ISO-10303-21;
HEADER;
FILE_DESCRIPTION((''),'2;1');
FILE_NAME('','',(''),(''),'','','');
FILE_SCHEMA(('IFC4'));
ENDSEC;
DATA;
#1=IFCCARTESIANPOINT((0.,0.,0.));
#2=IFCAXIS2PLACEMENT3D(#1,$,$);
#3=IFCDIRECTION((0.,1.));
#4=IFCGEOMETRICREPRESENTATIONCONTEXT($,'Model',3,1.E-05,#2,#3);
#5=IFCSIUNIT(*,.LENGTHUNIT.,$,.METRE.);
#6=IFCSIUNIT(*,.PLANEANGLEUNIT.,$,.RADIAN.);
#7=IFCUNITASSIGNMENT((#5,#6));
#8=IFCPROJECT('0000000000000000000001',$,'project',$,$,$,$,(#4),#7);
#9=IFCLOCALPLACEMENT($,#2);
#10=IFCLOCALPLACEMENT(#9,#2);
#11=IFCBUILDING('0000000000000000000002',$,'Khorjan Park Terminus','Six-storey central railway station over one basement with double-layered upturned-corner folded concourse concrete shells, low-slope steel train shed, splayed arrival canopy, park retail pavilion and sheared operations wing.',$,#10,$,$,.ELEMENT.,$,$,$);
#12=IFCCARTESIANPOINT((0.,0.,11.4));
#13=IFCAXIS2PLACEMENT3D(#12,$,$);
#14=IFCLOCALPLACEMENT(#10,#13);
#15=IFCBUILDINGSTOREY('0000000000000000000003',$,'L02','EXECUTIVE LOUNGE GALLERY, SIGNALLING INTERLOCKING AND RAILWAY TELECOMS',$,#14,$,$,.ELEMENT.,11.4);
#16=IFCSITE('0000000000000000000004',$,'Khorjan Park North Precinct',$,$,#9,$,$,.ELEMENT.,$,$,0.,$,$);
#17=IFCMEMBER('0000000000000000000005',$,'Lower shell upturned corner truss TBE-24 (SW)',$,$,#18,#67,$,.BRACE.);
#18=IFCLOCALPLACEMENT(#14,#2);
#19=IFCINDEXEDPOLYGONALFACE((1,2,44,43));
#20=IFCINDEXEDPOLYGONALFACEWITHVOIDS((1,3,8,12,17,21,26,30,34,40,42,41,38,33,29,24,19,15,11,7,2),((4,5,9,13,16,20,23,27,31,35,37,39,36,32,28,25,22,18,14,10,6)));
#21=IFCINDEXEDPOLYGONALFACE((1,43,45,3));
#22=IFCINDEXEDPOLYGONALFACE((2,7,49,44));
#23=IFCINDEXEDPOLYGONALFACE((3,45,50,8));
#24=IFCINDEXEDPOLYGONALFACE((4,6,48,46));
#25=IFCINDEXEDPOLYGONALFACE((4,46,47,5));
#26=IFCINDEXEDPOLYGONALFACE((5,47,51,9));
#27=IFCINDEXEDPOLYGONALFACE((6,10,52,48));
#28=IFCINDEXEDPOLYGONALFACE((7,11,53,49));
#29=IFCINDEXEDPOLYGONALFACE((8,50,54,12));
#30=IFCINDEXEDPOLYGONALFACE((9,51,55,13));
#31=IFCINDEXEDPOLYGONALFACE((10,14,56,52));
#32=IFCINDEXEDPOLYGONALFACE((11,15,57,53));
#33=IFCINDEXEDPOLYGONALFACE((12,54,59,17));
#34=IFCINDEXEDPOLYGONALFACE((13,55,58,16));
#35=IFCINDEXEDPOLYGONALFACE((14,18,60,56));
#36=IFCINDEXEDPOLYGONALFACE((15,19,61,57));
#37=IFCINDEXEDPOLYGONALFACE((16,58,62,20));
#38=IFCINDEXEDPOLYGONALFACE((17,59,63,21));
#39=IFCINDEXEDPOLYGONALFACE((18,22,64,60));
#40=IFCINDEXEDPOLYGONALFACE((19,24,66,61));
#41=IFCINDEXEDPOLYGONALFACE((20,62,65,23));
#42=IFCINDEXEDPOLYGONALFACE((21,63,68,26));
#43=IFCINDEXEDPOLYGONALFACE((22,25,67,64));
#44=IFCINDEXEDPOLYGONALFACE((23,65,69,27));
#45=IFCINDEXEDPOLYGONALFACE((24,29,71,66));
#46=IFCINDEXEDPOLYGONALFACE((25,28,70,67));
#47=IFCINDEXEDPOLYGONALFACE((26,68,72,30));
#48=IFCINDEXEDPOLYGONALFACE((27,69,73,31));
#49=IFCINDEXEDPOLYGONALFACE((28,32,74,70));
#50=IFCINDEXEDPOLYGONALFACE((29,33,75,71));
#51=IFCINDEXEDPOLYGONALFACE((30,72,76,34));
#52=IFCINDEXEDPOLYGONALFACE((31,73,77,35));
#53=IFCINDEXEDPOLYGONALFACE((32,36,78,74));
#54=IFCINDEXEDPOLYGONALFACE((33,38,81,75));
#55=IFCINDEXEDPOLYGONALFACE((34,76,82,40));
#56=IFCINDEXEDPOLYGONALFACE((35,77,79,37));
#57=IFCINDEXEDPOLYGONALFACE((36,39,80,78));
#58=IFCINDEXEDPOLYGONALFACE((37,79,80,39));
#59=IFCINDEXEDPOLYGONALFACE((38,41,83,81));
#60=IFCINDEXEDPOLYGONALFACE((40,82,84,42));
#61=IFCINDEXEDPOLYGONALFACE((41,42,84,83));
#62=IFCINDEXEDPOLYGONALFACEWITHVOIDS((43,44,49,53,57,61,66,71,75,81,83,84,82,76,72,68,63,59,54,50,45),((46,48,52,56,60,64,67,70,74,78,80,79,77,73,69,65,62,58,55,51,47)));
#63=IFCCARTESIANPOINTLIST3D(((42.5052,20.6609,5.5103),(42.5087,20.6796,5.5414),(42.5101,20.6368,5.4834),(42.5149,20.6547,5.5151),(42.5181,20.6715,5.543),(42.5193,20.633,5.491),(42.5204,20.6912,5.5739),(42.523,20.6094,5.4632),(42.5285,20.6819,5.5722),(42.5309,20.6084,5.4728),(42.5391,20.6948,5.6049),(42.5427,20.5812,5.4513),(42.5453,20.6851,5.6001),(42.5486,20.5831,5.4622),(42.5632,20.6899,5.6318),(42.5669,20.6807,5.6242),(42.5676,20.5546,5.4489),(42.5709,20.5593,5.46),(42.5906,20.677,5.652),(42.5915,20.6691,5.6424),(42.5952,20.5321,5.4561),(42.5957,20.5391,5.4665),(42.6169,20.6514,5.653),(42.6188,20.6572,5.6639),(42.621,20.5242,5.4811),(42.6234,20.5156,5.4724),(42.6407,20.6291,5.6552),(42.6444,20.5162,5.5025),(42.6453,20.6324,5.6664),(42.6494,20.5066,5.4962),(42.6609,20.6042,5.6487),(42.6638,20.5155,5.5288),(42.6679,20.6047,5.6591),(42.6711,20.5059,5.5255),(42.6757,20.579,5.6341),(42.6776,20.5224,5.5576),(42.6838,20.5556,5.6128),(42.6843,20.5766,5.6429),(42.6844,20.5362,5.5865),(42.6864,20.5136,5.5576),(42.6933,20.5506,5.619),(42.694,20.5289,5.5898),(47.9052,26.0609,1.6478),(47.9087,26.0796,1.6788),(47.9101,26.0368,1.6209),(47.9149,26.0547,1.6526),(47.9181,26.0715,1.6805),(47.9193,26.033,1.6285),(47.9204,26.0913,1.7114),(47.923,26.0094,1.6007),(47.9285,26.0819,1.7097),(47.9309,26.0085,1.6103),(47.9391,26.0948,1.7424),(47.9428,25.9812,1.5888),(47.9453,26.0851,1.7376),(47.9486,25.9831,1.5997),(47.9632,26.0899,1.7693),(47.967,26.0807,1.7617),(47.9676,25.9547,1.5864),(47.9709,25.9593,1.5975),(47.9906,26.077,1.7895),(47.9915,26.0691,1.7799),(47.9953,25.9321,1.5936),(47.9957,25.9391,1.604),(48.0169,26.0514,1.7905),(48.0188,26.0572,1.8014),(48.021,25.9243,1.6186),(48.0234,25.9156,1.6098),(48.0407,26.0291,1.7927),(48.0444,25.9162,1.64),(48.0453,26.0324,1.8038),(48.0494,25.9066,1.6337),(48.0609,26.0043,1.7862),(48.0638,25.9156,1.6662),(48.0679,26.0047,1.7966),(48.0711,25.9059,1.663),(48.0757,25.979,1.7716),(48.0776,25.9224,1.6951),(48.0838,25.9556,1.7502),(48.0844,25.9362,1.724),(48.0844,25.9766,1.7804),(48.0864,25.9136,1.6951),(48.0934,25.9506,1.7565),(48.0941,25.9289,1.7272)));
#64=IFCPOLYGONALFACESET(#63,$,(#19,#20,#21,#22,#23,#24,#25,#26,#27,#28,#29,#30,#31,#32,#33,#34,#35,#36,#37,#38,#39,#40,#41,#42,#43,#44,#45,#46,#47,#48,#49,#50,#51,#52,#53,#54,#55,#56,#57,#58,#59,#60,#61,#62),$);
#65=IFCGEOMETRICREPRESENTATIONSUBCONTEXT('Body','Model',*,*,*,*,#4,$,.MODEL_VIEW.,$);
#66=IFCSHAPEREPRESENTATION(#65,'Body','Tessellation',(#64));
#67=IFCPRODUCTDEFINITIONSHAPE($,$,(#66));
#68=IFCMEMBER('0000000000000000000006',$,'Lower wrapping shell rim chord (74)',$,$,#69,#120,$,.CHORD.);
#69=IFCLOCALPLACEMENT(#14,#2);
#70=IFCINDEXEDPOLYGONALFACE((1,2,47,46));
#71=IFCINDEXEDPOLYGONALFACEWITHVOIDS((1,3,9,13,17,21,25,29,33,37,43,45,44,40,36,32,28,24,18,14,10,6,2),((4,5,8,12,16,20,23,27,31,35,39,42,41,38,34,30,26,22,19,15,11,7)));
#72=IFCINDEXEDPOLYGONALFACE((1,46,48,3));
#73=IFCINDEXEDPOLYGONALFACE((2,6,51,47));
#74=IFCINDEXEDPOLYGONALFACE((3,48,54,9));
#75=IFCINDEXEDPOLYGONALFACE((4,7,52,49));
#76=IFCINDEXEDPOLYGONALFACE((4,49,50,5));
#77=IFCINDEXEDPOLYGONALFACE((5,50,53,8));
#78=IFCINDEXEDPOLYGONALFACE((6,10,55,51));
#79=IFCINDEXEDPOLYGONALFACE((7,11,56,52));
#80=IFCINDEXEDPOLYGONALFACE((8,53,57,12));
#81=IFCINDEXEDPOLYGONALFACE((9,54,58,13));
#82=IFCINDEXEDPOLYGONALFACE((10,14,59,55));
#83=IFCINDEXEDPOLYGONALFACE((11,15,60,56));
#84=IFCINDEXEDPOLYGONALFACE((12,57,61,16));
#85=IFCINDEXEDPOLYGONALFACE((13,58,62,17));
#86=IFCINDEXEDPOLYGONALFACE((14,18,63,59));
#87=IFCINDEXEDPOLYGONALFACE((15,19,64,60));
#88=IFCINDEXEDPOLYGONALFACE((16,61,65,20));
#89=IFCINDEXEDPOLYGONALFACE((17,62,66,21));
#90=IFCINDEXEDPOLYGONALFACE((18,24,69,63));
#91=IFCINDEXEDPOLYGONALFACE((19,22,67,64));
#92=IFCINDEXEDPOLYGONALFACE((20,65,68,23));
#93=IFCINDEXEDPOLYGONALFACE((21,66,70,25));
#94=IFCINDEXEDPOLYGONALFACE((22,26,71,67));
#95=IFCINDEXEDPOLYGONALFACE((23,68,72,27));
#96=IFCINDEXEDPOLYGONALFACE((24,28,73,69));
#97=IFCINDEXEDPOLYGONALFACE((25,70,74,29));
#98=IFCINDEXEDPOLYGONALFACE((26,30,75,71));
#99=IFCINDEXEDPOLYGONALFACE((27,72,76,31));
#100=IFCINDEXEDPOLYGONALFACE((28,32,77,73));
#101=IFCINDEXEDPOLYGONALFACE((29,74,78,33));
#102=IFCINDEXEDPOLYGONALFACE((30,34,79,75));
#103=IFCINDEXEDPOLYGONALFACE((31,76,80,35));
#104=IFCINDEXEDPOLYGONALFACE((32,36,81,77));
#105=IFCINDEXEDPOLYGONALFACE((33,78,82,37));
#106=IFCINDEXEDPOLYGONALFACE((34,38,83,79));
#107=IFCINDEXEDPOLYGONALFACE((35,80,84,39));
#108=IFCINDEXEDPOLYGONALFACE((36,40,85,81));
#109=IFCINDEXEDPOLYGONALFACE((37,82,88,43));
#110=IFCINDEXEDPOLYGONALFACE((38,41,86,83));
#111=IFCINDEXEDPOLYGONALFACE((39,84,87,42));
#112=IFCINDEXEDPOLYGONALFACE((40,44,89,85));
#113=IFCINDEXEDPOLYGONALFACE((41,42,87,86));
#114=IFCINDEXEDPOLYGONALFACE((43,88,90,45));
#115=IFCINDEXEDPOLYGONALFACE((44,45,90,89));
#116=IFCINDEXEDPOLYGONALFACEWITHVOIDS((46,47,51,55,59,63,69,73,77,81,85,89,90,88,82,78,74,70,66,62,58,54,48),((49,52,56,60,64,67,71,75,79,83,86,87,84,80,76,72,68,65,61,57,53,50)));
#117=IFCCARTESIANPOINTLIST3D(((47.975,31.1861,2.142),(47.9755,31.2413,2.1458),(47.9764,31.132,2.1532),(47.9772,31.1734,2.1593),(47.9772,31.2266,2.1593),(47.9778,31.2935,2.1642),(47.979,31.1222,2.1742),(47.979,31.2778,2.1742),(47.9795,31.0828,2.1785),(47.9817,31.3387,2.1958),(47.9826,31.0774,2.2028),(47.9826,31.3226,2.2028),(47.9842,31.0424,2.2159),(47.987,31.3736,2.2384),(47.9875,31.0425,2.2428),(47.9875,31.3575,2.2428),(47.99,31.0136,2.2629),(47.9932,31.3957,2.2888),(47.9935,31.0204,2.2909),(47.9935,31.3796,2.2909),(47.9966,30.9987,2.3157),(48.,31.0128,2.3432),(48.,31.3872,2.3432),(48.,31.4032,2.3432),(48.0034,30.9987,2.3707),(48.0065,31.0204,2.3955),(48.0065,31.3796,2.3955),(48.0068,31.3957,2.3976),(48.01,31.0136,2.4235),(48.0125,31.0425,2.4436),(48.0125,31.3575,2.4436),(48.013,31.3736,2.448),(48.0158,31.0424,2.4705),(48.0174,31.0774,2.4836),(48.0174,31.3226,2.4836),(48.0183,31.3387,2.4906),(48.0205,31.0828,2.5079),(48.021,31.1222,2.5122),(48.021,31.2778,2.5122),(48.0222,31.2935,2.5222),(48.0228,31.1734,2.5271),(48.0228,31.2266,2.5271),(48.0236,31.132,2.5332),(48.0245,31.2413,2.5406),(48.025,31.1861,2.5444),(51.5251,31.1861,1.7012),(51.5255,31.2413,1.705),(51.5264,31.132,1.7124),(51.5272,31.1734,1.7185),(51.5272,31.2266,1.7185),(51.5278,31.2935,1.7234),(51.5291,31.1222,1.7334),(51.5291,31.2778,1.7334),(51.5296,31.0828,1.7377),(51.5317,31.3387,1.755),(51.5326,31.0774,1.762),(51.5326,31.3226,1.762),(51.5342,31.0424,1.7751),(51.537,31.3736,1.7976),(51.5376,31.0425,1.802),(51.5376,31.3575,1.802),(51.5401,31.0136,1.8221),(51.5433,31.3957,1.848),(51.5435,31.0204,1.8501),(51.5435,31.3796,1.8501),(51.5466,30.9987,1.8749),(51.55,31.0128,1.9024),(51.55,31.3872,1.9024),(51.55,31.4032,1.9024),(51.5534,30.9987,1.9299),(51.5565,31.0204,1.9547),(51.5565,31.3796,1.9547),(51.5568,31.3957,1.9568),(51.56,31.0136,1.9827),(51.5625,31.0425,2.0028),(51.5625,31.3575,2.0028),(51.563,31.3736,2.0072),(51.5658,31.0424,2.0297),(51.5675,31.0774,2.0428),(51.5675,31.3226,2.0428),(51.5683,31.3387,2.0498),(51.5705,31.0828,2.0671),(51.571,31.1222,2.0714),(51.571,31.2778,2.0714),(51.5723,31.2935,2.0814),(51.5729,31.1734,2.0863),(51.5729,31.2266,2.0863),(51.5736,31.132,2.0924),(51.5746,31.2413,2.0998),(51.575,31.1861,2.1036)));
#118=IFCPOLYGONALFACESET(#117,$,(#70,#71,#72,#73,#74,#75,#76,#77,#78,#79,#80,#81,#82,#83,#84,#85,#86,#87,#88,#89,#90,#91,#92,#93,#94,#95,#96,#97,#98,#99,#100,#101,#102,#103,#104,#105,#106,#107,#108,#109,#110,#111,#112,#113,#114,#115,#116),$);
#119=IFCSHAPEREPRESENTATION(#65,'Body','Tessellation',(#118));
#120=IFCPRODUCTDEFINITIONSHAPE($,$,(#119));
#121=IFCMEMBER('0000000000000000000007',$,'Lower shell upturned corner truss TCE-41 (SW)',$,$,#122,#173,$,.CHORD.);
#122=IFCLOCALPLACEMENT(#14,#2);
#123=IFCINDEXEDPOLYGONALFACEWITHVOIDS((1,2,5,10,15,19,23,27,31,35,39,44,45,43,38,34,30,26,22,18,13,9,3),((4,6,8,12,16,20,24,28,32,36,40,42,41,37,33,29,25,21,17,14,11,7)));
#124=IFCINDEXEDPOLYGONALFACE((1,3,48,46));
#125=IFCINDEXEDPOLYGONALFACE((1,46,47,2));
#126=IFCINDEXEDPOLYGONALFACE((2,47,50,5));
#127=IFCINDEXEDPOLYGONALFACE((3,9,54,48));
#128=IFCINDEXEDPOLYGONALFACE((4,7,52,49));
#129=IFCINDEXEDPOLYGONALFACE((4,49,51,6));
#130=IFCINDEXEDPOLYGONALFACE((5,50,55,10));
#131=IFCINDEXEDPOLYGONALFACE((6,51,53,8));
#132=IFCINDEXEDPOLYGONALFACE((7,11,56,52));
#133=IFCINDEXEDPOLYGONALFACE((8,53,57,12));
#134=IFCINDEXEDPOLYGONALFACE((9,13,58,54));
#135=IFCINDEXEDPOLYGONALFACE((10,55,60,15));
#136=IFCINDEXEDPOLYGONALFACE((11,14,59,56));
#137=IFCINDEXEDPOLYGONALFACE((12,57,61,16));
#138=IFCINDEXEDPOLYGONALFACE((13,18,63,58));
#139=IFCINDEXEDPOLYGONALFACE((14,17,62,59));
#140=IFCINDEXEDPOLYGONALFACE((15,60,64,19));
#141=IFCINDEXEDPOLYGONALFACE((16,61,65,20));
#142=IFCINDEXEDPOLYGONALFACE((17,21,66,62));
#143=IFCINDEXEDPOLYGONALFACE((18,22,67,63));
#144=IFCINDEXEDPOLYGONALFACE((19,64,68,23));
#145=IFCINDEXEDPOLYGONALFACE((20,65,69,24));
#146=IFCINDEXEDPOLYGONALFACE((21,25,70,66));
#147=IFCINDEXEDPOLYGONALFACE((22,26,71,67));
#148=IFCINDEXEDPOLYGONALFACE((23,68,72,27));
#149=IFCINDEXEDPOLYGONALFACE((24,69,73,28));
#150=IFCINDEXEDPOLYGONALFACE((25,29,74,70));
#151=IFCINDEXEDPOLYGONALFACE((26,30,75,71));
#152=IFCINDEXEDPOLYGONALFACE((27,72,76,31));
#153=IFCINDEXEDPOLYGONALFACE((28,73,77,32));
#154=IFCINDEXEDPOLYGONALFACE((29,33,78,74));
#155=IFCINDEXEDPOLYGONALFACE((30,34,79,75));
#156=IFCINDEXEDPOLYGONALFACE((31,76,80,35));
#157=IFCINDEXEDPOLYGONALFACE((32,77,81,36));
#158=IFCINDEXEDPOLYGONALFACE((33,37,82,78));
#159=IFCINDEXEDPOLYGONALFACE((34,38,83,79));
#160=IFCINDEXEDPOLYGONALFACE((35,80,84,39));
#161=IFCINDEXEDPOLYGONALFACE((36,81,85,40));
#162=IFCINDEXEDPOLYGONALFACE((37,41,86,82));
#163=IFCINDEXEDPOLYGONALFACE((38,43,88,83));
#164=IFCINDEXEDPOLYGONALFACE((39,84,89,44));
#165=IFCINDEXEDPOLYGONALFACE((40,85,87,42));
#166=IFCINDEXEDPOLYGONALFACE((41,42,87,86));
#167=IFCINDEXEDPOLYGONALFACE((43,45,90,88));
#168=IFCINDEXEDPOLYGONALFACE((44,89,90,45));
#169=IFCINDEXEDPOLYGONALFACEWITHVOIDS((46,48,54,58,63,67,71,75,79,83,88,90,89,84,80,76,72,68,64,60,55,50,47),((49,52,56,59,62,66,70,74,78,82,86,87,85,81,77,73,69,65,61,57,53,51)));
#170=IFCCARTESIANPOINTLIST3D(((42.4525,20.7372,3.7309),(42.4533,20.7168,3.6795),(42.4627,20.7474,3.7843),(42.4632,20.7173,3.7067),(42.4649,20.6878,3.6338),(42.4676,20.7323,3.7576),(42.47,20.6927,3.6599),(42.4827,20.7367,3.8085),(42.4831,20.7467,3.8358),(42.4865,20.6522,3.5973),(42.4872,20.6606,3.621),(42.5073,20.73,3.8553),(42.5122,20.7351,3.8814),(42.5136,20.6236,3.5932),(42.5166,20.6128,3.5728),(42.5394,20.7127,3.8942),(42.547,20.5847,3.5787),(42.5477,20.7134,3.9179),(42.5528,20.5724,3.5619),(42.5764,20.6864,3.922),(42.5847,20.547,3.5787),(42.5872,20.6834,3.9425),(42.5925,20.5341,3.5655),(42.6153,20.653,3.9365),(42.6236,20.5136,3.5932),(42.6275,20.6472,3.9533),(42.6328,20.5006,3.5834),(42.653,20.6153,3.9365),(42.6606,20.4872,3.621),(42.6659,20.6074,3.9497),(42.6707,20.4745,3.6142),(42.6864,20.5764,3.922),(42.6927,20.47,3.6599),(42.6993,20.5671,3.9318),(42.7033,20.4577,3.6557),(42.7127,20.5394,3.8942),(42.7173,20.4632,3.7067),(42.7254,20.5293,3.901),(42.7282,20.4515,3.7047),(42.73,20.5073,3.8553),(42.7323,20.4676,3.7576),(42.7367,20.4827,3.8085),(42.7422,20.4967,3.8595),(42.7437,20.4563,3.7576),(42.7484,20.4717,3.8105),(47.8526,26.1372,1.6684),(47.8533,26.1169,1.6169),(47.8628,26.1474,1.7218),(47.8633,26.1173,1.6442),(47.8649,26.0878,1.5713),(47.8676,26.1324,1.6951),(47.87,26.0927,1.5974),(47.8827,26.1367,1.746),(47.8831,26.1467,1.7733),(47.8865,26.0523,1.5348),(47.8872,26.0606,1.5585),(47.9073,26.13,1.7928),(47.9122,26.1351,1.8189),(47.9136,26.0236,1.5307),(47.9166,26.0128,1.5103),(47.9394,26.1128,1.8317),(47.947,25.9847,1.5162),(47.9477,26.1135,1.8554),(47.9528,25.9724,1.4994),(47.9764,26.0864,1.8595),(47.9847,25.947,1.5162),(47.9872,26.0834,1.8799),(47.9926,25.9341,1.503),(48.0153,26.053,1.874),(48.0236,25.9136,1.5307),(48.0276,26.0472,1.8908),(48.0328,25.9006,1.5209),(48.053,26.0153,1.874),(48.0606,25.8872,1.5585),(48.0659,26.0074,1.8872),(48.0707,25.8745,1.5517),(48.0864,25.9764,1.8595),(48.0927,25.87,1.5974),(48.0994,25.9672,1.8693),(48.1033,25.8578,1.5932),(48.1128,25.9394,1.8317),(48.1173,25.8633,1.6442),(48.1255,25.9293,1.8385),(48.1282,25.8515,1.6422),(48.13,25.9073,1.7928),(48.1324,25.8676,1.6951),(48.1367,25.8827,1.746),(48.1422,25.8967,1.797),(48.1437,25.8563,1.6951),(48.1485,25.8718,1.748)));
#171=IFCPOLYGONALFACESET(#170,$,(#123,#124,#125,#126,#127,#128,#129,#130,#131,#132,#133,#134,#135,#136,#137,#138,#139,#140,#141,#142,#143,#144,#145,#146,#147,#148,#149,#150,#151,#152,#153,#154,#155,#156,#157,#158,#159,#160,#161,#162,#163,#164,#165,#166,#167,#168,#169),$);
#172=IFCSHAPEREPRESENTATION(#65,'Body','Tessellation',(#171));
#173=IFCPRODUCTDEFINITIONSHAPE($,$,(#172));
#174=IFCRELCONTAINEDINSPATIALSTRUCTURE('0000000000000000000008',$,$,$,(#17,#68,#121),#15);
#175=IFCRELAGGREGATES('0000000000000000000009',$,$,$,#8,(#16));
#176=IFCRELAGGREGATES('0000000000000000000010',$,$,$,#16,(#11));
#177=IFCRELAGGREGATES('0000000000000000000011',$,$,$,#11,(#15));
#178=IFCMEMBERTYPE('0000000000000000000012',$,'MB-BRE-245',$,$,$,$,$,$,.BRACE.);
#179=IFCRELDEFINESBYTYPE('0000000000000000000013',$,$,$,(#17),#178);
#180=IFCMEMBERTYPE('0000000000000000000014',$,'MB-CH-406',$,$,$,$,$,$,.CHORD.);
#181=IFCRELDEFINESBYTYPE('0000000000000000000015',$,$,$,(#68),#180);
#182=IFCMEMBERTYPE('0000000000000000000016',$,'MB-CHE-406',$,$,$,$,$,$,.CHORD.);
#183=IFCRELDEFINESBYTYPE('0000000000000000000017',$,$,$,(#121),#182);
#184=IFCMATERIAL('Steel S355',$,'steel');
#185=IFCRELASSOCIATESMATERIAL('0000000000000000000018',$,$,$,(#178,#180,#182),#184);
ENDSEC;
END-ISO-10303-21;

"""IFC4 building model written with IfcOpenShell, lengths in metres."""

from ifc_helpers import new_model, si_unit, direction, frame, origin, origin_2d, place, context, subcontext, project, spatial, hollow_circle, extrude, material, material_profile, profile_set, type_object, element, save


model = new_model("IFC4")

# Units and contexts
model_context = context("Model", 3, precision=1e-05, world=origin(), true_north=direction((0.0, 1.0)))
body_context = subcontext(model_context, "Body", "Model", "MODEL_VIEW")
ifc_project = project(units=[si_unit("LENGTHUNIT", "METRE"), si_unit("PLANEANGLEUNIT", "RADIAN")], contexts=[model_context])

# Site, building, storey
site_placement = place(None, origin())
site = spatial("IfcSite", under=ifc_project, at=site_placement, Name="Khorjan Park North Precinct", CompositionType="ELEMENT", RefElevation=0.0)
building_placement = place(site_placement, origin())
building = spatial("IfcBuilding", under=site, at=building_placement, Name="Khorjan Park Terminus", Description="Six-storey central railway station over one basement with double-layered upturned-corner folded concourse concrete shells, low-slope steel train shed, splayed arrival canopy, park retail pavilion and sheared operations wing.", CompositionType="ELEMENT")
storey_placement = place(building_placement, frame((0.0, 0.0, 11.4)))
storey = spatial("IfcBuildingStorey", under=building, at=storey_placement, Name="L02", Description="EXECUTIVE LOUNGE GALLERY, SIGNALLING INTERLOCKING AND RAILWAY TELECOMS", CompositionType="ELEMENT", Elevation=11.4)

# Members
ifc_material_1 = material(Name="Steel S355", Category="steel")
ifc_material_profile_1 = material_profile(ifc_material_1, hollow_circle(Radius=0.1222, WallThickness=0.0125, at=origin_2d()), Name="CHS 244.5x12.5")
ifc_profile_set_1 = profile_set([ifc_material_profile_1], Name="Steel S355")
member_type_1 = type_object("IfcMemberType", Name="MB-BRE-245", PredefinedType="BRACE", material=ifc_profile_set_1)
member_1_placement = place(storey_placement, frame((48.0, 26.0, 1.6951), z_axis=(-0.630991, -0.630991, 0.451333), x_axis=(0.707107, -0.707107, 0.0)))
element("IfcMember", 1, at=member_1_placement, inside=storey, type_object=member_type_1, Name="Lower shell upturned corner truss TBE-24 (SW)", PredefinedType="BRACE", context=body_context, shape_type="SweptSolid", body=[
    extrude(hollow_circle(Radius=0.1222, WallThickness=0.0125, at=origin_2d()), origin(), (0.0, 0.0, 1.0), 8.558),
])
ifc_material_profile_2 = material_profile(ifc_material_1, hollow_circle(Radius=0.2032, WallThickness=0.016, at=origin_2d()), Name="CHS 406.4x16")
ifc_profile_set_2 = profile_set([ifc_material_profile_2], Name="Steel S355")
member_type_2 = type_object("IfcMemberType", Name="MB-CH-406", PredefinedType="CHORD", material=ifc_profile_set_2)
member_2_placement = place(storey_placement, frame((48.0, 31.2, 2.3432), z_axis=(0.992379, 0.0, -0.123223), x_axis=(0.0, 1.0, 0.0)))
element("IfcMember", 2, at=member_2_placement, inside=storey, type_object=member_type_2, Name="Lower wrapping shell rim chord (74)", PredefinedType="CHORD", context=body_context, shape_type="SweptSolid", body=[
    extrude(hollow_circle(Radius=0.2032, WallThickness=0.016, at=origin_2d()), origin(), (0.0, 0.0, 1.0), 3.5773),
])
ifc_material_profile_3 = material_profile(ifc_material_1, hollow_circle(Radius=0.2032, WallThickness=0.016, at=origin_2d()), Name="CHS 406.4x16")
ifc_profile_set_3 = profile_set([ifc_material_profile_3], Name="Steel S355")
member_type_3 = type_object("IfcMemberType", Name="MB-CHE-406", PredefinedType="CHORD", material=ifc_profile_set_3)
member_3_placement = place(storey_placement, frame((48.0, 26.0, 1.6951), z_axis=(-0.682648, -0.682648, 0.260734), x_axis=(0.707107, -0.707107, 0.0)))
element("IfcMember", 3, at=member_3_placement, inside=storey, type_object=member_type_3, Name="Lower shell upturned corner truss TCE-41 (SW)", PredefinedType="CHORD", context=body_context, shape_type="SweptSolid", body=[
    extrude(hollow_circle(Radius=0.2032, WallThickness=0.016, at=origin_2d()), origin(), (0.0, 0.0, 1.0), 7.9104),
])

save(model, "model.ifc")
